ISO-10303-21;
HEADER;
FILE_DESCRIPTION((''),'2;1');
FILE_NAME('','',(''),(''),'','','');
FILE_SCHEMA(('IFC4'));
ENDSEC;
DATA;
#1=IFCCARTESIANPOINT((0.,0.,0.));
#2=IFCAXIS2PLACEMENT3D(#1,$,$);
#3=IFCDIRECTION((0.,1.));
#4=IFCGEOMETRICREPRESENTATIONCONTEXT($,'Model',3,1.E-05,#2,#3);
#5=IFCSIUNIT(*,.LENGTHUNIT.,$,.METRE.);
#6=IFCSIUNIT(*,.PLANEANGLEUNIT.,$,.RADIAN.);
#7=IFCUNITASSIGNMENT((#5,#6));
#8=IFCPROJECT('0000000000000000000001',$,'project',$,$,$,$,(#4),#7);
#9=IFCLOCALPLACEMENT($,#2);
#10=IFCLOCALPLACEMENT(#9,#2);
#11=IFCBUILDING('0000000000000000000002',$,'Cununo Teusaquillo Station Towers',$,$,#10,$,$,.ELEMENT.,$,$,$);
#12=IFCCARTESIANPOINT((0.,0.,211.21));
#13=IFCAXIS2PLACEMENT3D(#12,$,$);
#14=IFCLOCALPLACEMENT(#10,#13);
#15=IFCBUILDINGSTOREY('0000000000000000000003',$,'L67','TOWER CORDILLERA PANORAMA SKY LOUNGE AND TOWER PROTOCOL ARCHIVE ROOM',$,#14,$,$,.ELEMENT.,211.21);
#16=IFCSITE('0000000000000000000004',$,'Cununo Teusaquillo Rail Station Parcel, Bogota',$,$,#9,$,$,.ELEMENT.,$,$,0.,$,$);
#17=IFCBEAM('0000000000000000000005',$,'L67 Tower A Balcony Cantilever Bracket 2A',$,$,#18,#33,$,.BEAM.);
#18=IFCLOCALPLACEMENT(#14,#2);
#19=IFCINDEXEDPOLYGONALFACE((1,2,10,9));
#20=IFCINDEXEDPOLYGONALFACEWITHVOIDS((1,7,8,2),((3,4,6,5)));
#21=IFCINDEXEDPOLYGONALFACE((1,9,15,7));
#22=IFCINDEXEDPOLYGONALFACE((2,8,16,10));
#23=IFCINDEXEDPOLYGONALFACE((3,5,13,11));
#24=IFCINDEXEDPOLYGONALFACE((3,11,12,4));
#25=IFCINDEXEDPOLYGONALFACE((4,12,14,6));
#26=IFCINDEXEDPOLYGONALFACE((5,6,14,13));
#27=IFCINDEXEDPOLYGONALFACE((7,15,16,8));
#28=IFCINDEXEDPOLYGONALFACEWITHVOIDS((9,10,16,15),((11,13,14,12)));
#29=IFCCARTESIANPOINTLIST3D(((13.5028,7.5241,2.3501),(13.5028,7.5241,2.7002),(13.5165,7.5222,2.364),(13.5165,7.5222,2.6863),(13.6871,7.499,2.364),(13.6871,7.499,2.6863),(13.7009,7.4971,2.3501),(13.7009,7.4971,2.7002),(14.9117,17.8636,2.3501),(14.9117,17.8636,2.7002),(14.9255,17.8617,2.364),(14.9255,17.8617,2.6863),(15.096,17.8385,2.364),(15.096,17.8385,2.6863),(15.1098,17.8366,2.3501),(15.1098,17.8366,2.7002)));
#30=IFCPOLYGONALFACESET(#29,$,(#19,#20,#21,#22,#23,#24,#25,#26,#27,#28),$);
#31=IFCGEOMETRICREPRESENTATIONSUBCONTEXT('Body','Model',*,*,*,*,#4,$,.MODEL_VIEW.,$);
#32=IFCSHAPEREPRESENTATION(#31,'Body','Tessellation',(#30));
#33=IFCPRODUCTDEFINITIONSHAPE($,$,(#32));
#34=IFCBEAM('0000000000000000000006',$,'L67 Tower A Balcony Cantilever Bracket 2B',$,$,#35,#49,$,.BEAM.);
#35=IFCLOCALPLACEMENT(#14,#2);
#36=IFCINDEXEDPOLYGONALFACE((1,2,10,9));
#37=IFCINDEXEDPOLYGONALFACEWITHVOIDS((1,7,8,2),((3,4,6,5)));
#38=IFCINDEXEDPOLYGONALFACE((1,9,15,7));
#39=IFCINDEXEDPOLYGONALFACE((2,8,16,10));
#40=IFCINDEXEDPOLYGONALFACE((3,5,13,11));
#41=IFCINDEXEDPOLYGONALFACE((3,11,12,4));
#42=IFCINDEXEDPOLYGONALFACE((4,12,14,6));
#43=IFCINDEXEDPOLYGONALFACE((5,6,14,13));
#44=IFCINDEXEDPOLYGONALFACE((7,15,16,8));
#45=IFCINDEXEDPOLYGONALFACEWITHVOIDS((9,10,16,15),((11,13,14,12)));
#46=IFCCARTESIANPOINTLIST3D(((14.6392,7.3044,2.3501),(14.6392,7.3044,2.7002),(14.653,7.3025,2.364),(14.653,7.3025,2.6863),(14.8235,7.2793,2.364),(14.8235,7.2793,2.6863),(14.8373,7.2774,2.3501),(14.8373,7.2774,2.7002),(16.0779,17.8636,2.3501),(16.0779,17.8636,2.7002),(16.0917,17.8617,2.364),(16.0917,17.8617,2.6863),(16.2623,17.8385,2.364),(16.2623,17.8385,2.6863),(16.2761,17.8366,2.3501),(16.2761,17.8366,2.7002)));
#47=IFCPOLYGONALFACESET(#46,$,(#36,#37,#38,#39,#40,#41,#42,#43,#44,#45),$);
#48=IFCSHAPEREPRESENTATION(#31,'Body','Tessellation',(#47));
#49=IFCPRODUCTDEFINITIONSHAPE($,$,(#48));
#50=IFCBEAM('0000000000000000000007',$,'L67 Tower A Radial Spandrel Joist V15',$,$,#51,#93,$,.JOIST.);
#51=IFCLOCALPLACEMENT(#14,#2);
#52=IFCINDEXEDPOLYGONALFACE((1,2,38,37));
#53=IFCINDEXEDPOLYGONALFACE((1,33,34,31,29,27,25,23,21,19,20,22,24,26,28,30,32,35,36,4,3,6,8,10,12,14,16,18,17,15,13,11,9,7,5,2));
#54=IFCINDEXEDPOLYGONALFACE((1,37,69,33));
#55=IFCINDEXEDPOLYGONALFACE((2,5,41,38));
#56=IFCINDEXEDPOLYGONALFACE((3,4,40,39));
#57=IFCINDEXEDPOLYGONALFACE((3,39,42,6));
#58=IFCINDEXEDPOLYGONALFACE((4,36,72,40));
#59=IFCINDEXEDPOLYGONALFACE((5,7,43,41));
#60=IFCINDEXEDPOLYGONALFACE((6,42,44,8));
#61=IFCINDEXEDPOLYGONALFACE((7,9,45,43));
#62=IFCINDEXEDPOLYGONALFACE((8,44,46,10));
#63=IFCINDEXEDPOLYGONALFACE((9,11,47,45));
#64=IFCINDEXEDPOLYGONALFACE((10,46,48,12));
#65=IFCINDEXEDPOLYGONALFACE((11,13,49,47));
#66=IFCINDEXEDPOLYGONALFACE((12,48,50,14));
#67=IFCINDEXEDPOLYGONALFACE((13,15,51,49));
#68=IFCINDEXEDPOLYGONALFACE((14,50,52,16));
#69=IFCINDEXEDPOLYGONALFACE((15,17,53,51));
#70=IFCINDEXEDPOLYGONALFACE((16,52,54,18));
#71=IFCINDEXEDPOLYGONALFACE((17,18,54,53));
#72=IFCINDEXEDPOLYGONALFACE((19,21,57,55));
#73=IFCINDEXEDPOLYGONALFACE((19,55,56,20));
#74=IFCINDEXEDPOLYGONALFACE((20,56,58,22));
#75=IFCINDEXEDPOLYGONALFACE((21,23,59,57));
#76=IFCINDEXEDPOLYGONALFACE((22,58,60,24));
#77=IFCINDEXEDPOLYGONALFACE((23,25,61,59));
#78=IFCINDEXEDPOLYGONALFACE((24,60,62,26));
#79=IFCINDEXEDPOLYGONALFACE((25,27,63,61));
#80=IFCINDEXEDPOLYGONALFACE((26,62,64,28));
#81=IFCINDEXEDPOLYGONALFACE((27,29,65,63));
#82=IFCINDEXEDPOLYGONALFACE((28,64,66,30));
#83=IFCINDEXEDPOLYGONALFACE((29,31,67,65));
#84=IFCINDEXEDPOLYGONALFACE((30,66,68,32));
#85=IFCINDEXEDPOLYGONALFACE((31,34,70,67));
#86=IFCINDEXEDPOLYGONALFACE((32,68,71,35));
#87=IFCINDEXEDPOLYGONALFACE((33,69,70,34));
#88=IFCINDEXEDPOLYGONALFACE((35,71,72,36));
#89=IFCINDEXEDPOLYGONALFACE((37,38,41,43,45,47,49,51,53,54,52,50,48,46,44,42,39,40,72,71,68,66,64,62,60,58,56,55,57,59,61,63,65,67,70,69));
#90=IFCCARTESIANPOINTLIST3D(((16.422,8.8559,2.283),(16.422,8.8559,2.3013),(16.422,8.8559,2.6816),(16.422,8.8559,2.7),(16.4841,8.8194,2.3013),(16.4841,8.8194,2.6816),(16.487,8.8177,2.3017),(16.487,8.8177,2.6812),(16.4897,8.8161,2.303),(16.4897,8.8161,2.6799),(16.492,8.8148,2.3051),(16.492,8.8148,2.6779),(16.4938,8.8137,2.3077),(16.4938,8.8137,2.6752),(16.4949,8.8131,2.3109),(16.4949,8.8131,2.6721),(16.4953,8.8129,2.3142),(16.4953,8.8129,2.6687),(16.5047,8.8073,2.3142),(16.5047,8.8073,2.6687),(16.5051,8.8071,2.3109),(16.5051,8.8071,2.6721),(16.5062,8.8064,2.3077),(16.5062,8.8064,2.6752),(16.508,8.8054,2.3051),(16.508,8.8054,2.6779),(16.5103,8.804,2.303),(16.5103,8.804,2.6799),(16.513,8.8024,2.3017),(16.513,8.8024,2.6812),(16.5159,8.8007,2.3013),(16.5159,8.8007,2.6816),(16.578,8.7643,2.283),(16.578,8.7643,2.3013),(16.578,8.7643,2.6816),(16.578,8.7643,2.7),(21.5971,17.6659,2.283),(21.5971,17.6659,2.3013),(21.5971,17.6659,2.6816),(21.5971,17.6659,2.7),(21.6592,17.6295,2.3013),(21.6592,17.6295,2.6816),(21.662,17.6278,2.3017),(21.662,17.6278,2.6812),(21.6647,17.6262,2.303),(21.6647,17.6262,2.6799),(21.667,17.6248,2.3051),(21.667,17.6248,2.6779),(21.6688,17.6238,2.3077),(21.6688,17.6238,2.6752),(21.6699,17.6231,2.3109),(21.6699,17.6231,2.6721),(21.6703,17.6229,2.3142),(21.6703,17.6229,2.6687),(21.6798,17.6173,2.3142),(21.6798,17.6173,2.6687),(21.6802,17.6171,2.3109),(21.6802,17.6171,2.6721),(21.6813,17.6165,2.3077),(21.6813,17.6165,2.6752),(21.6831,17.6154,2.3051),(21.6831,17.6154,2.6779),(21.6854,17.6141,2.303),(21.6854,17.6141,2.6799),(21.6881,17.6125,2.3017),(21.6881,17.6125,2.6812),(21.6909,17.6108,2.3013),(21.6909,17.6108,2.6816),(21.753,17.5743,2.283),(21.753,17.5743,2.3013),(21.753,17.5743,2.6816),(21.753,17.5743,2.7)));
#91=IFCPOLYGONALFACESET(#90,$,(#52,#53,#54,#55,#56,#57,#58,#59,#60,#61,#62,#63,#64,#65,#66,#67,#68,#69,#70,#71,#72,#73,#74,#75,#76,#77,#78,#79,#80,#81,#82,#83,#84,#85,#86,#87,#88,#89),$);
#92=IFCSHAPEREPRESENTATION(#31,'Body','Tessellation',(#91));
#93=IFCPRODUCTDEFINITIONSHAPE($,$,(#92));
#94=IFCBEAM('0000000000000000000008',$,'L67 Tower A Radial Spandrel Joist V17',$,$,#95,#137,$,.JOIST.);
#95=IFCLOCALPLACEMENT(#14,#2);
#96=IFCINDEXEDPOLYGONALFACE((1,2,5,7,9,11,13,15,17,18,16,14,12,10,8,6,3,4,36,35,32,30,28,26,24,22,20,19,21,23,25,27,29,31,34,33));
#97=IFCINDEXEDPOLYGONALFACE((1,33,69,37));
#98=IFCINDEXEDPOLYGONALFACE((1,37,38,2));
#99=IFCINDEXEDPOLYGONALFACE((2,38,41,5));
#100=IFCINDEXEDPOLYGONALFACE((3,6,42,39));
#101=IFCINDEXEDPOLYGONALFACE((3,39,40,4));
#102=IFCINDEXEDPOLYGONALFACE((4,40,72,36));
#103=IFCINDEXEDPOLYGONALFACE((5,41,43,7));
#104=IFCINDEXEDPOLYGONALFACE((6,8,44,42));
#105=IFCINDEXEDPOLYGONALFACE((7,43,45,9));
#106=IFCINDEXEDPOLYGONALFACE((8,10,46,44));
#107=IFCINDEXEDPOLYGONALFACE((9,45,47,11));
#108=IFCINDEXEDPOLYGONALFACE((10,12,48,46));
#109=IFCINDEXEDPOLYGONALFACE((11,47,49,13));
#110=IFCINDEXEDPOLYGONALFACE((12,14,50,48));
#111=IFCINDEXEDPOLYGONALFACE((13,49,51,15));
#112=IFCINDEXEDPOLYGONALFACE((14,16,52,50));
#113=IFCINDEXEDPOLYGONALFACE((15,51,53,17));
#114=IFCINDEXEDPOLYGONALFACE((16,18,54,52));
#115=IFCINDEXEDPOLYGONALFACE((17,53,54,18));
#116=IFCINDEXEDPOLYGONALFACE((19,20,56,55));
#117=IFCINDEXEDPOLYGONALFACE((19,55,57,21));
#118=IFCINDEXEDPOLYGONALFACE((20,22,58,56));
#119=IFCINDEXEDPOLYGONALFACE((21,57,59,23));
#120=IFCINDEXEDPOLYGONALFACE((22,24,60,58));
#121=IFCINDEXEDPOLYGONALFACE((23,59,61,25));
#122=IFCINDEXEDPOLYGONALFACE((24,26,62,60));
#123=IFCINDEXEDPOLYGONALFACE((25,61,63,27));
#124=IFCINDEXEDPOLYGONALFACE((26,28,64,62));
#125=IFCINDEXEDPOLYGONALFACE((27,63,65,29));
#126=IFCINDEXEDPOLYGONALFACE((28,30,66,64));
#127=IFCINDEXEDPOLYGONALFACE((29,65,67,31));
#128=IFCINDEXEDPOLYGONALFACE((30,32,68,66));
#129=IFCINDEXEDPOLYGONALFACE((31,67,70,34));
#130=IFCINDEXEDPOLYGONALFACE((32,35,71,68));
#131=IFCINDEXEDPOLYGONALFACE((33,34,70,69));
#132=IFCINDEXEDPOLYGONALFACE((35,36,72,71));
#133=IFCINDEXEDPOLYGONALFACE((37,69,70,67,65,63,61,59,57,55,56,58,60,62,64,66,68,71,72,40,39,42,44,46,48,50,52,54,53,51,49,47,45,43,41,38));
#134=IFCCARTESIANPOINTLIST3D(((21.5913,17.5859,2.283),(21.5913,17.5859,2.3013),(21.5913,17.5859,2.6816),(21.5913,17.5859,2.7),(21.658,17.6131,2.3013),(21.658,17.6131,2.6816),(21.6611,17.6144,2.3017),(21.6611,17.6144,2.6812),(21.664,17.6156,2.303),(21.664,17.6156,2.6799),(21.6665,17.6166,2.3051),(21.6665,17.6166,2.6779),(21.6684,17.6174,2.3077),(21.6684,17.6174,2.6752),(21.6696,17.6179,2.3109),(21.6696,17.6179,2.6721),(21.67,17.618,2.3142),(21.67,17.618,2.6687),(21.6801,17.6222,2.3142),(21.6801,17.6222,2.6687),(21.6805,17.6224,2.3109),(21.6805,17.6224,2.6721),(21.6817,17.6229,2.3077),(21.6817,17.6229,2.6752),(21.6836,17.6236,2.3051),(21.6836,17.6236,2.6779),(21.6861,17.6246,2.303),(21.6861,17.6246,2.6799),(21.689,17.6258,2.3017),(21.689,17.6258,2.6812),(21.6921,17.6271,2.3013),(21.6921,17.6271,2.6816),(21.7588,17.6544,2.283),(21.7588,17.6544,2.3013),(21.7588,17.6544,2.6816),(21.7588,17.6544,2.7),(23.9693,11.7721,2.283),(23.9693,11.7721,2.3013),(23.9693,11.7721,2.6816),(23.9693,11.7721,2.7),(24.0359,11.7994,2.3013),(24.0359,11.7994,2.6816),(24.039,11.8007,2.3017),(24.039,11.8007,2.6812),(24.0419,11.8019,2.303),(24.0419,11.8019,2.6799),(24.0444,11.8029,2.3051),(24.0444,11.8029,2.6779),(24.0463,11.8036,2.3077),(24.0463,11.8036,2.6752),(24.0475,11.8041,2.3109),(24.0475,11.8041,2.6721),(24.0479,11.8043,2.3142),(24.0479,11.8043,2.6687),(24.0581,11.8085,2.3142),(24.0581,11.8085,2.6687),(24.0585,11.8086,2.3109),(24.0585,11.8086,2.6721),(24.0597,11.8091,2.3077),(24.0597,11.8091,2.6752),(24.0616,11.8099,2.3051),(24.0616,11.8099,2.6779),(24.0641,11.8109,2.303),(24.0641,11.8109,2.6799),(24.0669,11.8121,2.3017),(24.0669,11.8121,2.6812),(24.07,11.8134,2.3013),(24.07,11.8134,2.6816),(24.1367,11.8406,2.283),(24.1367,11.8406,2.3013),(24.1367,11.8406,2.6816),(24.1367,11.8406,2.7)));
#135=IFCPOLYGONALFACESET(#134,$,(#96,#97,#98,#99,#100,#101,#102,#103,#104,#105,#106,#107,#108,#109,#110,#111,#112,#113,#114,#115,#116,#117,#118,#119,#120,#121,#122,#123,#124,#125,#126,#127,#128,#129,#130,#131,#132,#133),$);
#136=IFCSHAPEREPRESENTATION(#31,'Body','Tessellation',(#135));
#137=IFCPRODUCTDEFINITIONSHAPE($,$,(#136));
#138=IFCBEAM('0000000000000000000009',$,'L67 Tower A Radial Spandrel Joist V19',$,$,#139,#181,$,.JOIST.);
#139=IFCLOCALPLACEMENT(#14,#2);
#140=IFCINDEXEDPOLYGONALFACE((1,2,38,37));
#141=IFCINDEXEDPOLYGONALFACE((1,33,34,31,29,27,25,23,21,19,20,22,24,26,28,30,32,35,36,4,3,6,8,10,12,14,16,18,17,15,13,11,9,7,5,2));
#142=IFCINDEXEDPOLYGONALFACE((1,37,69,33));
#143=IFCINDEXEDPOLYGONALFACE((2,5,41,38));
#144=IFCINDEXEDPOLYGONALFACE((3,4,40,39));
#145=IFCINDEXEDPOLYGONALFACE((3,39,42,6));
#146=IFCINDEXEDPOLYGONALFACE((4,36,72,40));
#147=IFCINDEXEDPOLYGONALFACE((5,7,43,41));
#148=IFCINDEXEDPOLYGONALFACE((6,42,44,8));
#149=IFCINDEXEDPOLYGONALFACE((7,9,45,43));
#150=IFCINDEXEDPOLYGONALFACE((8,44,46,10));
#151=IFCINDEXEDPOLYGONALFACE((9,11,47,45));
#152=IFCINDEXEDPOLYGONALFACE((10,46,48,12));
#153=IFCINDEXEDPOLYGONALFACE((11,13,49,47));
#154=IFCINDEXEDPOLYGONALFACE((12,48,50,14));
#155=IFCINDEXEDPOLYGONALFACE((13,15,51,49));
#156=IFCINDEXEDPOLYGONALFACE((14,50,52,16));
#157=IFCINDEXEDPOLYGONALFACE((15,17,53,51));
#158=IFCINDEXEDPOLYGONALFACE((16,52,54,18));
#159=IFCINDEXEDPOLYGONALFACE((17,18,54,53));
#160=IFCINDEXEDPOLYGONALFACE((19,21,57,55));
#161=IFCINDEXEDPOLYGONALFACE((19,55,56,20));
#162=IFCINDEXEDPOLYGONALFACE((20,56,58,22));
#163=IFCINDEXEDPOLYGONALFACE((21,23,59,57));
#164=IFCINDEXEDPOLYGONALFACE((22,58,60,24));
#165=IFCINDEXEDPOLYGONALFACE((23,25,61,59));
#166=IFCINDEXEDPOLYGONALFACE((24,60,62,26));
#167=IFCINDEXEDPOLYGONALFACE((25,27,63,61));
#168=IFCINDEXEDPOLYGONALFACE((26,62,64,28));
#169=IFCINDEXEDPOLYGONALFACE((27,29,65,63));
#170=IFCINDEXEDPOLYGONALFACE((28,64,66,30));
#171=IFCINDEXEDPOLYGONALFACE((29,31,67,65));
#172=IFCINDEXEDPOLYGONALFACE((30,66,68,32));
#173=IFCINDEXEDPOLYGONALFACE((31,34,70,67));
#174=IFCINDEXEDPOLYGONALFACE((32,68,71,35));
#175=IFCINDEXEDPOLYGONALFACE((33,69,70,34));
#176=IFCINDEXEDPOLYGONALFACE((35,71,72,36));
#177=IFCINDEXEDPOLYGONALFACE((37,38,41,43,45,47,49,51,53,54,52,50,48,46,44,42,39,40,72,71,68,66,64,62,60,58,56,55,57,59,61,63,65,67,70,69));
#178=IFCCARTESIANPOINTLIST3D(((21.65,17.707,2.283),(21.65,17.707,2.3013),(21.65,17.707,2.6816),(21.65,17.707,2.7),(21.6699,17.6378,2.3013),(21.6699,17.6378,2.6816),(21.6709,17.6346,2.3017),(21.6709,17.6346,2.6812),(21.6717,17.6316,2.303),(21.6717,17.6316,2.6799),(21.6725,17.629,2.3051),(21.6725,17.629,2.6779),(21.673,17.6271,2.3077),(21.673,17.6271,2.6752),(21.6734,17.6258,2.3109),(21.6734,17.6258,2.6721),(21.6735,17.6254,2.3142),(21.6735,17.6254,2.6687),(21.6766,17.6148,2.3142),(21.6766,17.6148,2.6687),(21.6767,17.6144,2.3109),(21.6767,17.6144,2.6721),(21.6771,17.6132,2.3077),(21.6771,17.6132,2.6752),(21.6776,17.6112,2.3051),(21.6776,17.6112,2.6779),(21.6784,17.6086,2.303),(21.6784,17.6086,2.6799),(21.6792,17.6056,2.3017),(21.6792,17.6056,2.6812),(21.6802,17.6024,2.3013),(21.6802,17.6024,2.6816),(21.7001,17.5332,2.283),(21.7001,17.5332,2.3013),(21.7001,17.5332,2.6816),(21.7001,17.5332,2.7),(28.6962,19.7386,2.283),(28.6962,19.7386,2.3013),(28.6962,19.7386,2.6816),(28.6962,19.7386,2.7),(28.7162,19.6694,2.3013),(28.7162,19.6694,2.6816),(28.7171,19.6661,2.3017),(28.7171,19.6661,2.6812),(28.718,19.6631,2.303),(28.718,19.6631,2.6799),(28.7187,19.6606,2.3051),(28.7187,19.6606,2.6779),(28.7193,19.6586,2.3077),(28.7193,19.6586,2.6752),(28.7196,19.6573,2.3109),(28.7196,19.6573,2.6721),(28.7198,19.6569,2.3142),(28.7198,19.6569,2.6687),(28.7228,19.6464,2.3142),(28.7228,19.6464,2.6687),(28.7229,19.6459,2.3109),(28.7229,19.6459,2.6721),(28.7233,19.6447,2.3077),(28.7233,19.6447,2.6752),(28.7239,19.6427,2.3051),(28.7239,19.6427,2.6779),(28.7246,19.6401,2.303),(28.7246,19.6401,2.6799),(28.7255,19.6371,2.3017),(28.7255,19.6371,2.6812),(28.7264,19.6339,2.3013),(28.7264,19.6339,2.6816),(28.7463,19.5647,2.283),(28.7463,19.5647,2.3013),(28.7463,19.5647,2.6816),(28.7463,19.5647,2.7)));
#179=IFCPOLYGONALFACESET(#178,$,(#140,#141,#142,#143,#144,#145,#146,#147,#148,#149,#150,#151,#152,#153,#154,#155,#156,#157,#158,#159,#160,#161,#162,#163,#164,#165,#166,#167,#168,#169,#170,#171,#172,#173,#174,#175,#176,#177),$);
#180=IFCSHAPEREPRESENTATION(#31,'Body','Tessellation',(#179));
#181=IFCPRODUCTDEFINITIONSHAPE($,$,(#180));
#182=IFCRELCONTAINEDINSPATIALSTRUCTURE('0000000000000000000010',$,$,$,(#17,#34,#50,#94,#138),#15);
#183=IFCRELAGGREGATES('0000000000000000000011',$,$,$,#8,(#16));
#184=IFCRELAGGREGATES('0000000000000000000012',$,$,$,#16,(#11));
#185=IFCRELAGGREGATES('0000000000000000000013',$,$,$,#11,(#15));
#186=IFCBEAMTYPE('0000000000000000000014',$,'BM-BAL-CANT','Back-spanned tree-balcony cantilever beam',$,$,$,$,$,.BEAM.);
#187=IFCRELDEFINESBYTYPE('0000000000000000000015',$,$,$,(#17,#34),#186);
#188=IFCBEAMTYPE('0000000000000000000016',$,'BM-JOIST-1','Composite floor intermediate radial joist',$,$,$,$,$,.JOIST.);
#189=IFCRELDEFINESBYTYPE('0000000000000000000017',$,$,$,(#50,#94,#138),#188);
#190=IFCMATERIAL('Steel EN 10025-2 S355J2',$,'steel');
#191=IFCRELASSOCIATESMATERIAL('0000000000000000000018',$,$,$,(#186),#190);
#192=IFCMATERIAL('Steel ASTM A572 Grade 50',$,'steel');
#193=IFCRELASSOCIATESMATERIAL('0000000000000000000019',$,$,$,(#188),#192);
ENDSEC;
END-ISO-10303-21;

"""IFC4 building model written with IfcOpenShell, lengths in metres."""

from ifc_helpers import new_model, si_unit, direction, frame, origin, origin_2d, place, context, subcontext, project, spatial, hollow_rectangle, i_section, extrude, material, material_profile, profile_set, type_object, element, save


model = new_model("IFC4")

# Units and contexts
model_context = context("Model", 3, precision=1e-05, world=origin(), true_north=direction((0.0, 1.0)))
body_context = subcontext(model_context, "Body", "Model", "MODEL_VIEW")
ifc_project = project(units=[si_unit("LENGTHUNIT", "METRE"), si_unit("PLANEANGLEUNIT", "RADIAN")], contexts=[model_context])

# Site, building, storey
site_placement = place(None, origin())
site = spatial("IfcSite", under=ifc_project, at=site_placement, Name="Cununo Teusaquillo Rail Station Parcel, Bogota", CompositionType="ELEMENT", RefElevation=0.0)
building_placement = place(site_placement, origin())
building = spatial("IfcBuilding", under=site, at=building_placement, Name="Cununo Teusaquillo Station Towers", CompositionType="ELEMENT")
storey_placement = place(building_placement, frame((0.0, 0.0, 211.21)))
storey = spatial("IfcBuildingStorey", under=building, at=storey_placement, Name="L67", Description="TOWER CORDILLERA PANORAMA SKY LOUNGE AND TOWER PROTOCOL ARCHIVE ROOM", CompositionType="ELEMENT", Elevation=211.21)

# Beams
ifc_material_1 = material(Name="Steel EN 10025-2 S355J2", Category="steel")
ifc_material_profile_1 = material_profile(ifc_material_1, hollow_rectangle(XDim=0.2, YDim=0.3501, WallThickness=0.0139, at=origin_2d()), Name="RHS 350x200x14")
ifc_profile_set_1 = profile_set([ifc_material_profile_1], Name="Steel EN 10025-2 S355J2")
beam_type_1 = type_object("IfcBeamType", Name="BM-BAL-CANT", Description="Back-spanned tree-balcony cantilever beam", PredefinedType="BEAM", material=ifc_profile_set_1)
beam_1_placement = place(storey_placement, frame((15.0107, 17.8501, 2.5251), z_axis=(-0.135018, -0.990843, 0.0), x_axis=(0.990843, -0.135018, 0.0)))
element("IfcBeam", 1, at=beam_1_placement, inside=storey, type_object=beam_type_1, Name="L67 Tower A Balcony Cantilever Bracket 2A", PredefinedType="BEAM", context=body_context, shape_type="SweptSolid", body=[
    extrude(hollow_rectangle(XDim=0.2, YDim=0.3501, WallThickness=0.0139, at=origin_2d()), origin(), (0.0, 0.0, 1.0), 10.4351),
])
beam_2_placement = place(storey_placement, frame((16.177, 17.8501, 2.5251), z_axis=(-0.135007, -0.990845, 0.0), x_axis=(0.990845, -0.135007, 0.0)))
element("IfcBeam", 2, at=beam_2_placement, inside=storey, type_object=beam_type_1, Name="L67 Tower A Balcony Cantilever Bracket 2B", PredefinedType="BEAM", context=body_context, shape_type="SweptSolid", body=[
    extrude(hollow_rectangle(XDim=0.2, YDim=0.3501, WallThickness=0.0139, at=origin_2d()), origin(), (0.0, 0.0, 1.0), 10.6567),
])
ifc_material_2 = material(Name="Steel ASTM A572 Grade 50", Category="steel")
ifc_material_profile_2 = material_profile(ifc_material_2, i_section(OverallWidth=0.1809, OverallDepth=0.417, WebThickness=0.011, FlangeThickness=0.0183, FilletRadius=0.0129, at=origin_2d()), Name="W16X57")
ifc_profile_set_2 = profile_set([ifc_material_profile_2], Name="Steel ASTM A572 Grade 50")
beam_type_2 = type_object("IfcBeamType", Name="BM-JOIST-1", Description="Composite floor intermediate radial joist", PredefinedType="JOIST", material=ifc_profile_set_2)
beam_3_placement = place(storey_placement, frame((21.675, 17.6201, 2.4915), z_axis=(-0.506486, -0.862248, 0.0), x_axis=(0.862248, -0.506486, 0.0)))
element("IfcBeam", 3, at=beam_3_placement, inside=storey, type_object=beam_type_2, Name="L67 Tower A Radial Spandrel Joist V15", PredefinedType="JOIST", context=body_context, shape_type="SweptSolid", body=[
    extrude(i_section(OverallWidth=0.1809, OverallDepth=0.417, WebThickness=0.011, FlangeThickness=0.0183, FilletRadius=0.0129, at=origin_2d()), origin(), (0.0, 0.0, 1.0), 10.2175),
])
beam_4_placement = place(storey_placement, frame((21.675, 17.6201, 2.4915), z_axis=(0.378577, -0.92557, 0.0), x_axis=(0.92557, 0.378577, 0.0)))
element("IfcBeam", 4, at=beam_4_placement, inside=storey, type_object=beam_type_2, Name="L67 Tower A Radial Spandrel Joist V17", PredefinedType="JOIST", context=body_context, shape_type="SweptSolid", body=[
    extrude(i_section(OverallWidth=0.1809, OverallDepth=0.417, WebThickness=0.011, FlangeThickness=0.0183, FilletRadius=0.0129, at=origin_2d()), origin(), (0.0, 0.0, 1.0), 6.2812),
])
beam_5_placement = place(storey_placement, frame((21.675, 17.6201, 2.4915), z_axis=(0.960862, 0.277029, 0.0), x_axis=(-0.277029, 0.960862, 0.0)))
element("IfcBeam", 5, at=beam_5_placement, inside=storey, type_object=beam_type_2, Name="L67 Tower A Radial Spandrel Joist V19", PredefinedType="JOIST", context=body_context, shape_type="SweptSolid", body=[
    extrude(i_section(OverallWidth=0.1809, OverallDepth=0.417, WebThickness=0.011, FlangeThickness=0.0183, FilletRadius=0.0129, at=origin_2d()), origin(), (0.0, 0.0, 1.0), 7.3333),
])

save(model, "model.ifc")
